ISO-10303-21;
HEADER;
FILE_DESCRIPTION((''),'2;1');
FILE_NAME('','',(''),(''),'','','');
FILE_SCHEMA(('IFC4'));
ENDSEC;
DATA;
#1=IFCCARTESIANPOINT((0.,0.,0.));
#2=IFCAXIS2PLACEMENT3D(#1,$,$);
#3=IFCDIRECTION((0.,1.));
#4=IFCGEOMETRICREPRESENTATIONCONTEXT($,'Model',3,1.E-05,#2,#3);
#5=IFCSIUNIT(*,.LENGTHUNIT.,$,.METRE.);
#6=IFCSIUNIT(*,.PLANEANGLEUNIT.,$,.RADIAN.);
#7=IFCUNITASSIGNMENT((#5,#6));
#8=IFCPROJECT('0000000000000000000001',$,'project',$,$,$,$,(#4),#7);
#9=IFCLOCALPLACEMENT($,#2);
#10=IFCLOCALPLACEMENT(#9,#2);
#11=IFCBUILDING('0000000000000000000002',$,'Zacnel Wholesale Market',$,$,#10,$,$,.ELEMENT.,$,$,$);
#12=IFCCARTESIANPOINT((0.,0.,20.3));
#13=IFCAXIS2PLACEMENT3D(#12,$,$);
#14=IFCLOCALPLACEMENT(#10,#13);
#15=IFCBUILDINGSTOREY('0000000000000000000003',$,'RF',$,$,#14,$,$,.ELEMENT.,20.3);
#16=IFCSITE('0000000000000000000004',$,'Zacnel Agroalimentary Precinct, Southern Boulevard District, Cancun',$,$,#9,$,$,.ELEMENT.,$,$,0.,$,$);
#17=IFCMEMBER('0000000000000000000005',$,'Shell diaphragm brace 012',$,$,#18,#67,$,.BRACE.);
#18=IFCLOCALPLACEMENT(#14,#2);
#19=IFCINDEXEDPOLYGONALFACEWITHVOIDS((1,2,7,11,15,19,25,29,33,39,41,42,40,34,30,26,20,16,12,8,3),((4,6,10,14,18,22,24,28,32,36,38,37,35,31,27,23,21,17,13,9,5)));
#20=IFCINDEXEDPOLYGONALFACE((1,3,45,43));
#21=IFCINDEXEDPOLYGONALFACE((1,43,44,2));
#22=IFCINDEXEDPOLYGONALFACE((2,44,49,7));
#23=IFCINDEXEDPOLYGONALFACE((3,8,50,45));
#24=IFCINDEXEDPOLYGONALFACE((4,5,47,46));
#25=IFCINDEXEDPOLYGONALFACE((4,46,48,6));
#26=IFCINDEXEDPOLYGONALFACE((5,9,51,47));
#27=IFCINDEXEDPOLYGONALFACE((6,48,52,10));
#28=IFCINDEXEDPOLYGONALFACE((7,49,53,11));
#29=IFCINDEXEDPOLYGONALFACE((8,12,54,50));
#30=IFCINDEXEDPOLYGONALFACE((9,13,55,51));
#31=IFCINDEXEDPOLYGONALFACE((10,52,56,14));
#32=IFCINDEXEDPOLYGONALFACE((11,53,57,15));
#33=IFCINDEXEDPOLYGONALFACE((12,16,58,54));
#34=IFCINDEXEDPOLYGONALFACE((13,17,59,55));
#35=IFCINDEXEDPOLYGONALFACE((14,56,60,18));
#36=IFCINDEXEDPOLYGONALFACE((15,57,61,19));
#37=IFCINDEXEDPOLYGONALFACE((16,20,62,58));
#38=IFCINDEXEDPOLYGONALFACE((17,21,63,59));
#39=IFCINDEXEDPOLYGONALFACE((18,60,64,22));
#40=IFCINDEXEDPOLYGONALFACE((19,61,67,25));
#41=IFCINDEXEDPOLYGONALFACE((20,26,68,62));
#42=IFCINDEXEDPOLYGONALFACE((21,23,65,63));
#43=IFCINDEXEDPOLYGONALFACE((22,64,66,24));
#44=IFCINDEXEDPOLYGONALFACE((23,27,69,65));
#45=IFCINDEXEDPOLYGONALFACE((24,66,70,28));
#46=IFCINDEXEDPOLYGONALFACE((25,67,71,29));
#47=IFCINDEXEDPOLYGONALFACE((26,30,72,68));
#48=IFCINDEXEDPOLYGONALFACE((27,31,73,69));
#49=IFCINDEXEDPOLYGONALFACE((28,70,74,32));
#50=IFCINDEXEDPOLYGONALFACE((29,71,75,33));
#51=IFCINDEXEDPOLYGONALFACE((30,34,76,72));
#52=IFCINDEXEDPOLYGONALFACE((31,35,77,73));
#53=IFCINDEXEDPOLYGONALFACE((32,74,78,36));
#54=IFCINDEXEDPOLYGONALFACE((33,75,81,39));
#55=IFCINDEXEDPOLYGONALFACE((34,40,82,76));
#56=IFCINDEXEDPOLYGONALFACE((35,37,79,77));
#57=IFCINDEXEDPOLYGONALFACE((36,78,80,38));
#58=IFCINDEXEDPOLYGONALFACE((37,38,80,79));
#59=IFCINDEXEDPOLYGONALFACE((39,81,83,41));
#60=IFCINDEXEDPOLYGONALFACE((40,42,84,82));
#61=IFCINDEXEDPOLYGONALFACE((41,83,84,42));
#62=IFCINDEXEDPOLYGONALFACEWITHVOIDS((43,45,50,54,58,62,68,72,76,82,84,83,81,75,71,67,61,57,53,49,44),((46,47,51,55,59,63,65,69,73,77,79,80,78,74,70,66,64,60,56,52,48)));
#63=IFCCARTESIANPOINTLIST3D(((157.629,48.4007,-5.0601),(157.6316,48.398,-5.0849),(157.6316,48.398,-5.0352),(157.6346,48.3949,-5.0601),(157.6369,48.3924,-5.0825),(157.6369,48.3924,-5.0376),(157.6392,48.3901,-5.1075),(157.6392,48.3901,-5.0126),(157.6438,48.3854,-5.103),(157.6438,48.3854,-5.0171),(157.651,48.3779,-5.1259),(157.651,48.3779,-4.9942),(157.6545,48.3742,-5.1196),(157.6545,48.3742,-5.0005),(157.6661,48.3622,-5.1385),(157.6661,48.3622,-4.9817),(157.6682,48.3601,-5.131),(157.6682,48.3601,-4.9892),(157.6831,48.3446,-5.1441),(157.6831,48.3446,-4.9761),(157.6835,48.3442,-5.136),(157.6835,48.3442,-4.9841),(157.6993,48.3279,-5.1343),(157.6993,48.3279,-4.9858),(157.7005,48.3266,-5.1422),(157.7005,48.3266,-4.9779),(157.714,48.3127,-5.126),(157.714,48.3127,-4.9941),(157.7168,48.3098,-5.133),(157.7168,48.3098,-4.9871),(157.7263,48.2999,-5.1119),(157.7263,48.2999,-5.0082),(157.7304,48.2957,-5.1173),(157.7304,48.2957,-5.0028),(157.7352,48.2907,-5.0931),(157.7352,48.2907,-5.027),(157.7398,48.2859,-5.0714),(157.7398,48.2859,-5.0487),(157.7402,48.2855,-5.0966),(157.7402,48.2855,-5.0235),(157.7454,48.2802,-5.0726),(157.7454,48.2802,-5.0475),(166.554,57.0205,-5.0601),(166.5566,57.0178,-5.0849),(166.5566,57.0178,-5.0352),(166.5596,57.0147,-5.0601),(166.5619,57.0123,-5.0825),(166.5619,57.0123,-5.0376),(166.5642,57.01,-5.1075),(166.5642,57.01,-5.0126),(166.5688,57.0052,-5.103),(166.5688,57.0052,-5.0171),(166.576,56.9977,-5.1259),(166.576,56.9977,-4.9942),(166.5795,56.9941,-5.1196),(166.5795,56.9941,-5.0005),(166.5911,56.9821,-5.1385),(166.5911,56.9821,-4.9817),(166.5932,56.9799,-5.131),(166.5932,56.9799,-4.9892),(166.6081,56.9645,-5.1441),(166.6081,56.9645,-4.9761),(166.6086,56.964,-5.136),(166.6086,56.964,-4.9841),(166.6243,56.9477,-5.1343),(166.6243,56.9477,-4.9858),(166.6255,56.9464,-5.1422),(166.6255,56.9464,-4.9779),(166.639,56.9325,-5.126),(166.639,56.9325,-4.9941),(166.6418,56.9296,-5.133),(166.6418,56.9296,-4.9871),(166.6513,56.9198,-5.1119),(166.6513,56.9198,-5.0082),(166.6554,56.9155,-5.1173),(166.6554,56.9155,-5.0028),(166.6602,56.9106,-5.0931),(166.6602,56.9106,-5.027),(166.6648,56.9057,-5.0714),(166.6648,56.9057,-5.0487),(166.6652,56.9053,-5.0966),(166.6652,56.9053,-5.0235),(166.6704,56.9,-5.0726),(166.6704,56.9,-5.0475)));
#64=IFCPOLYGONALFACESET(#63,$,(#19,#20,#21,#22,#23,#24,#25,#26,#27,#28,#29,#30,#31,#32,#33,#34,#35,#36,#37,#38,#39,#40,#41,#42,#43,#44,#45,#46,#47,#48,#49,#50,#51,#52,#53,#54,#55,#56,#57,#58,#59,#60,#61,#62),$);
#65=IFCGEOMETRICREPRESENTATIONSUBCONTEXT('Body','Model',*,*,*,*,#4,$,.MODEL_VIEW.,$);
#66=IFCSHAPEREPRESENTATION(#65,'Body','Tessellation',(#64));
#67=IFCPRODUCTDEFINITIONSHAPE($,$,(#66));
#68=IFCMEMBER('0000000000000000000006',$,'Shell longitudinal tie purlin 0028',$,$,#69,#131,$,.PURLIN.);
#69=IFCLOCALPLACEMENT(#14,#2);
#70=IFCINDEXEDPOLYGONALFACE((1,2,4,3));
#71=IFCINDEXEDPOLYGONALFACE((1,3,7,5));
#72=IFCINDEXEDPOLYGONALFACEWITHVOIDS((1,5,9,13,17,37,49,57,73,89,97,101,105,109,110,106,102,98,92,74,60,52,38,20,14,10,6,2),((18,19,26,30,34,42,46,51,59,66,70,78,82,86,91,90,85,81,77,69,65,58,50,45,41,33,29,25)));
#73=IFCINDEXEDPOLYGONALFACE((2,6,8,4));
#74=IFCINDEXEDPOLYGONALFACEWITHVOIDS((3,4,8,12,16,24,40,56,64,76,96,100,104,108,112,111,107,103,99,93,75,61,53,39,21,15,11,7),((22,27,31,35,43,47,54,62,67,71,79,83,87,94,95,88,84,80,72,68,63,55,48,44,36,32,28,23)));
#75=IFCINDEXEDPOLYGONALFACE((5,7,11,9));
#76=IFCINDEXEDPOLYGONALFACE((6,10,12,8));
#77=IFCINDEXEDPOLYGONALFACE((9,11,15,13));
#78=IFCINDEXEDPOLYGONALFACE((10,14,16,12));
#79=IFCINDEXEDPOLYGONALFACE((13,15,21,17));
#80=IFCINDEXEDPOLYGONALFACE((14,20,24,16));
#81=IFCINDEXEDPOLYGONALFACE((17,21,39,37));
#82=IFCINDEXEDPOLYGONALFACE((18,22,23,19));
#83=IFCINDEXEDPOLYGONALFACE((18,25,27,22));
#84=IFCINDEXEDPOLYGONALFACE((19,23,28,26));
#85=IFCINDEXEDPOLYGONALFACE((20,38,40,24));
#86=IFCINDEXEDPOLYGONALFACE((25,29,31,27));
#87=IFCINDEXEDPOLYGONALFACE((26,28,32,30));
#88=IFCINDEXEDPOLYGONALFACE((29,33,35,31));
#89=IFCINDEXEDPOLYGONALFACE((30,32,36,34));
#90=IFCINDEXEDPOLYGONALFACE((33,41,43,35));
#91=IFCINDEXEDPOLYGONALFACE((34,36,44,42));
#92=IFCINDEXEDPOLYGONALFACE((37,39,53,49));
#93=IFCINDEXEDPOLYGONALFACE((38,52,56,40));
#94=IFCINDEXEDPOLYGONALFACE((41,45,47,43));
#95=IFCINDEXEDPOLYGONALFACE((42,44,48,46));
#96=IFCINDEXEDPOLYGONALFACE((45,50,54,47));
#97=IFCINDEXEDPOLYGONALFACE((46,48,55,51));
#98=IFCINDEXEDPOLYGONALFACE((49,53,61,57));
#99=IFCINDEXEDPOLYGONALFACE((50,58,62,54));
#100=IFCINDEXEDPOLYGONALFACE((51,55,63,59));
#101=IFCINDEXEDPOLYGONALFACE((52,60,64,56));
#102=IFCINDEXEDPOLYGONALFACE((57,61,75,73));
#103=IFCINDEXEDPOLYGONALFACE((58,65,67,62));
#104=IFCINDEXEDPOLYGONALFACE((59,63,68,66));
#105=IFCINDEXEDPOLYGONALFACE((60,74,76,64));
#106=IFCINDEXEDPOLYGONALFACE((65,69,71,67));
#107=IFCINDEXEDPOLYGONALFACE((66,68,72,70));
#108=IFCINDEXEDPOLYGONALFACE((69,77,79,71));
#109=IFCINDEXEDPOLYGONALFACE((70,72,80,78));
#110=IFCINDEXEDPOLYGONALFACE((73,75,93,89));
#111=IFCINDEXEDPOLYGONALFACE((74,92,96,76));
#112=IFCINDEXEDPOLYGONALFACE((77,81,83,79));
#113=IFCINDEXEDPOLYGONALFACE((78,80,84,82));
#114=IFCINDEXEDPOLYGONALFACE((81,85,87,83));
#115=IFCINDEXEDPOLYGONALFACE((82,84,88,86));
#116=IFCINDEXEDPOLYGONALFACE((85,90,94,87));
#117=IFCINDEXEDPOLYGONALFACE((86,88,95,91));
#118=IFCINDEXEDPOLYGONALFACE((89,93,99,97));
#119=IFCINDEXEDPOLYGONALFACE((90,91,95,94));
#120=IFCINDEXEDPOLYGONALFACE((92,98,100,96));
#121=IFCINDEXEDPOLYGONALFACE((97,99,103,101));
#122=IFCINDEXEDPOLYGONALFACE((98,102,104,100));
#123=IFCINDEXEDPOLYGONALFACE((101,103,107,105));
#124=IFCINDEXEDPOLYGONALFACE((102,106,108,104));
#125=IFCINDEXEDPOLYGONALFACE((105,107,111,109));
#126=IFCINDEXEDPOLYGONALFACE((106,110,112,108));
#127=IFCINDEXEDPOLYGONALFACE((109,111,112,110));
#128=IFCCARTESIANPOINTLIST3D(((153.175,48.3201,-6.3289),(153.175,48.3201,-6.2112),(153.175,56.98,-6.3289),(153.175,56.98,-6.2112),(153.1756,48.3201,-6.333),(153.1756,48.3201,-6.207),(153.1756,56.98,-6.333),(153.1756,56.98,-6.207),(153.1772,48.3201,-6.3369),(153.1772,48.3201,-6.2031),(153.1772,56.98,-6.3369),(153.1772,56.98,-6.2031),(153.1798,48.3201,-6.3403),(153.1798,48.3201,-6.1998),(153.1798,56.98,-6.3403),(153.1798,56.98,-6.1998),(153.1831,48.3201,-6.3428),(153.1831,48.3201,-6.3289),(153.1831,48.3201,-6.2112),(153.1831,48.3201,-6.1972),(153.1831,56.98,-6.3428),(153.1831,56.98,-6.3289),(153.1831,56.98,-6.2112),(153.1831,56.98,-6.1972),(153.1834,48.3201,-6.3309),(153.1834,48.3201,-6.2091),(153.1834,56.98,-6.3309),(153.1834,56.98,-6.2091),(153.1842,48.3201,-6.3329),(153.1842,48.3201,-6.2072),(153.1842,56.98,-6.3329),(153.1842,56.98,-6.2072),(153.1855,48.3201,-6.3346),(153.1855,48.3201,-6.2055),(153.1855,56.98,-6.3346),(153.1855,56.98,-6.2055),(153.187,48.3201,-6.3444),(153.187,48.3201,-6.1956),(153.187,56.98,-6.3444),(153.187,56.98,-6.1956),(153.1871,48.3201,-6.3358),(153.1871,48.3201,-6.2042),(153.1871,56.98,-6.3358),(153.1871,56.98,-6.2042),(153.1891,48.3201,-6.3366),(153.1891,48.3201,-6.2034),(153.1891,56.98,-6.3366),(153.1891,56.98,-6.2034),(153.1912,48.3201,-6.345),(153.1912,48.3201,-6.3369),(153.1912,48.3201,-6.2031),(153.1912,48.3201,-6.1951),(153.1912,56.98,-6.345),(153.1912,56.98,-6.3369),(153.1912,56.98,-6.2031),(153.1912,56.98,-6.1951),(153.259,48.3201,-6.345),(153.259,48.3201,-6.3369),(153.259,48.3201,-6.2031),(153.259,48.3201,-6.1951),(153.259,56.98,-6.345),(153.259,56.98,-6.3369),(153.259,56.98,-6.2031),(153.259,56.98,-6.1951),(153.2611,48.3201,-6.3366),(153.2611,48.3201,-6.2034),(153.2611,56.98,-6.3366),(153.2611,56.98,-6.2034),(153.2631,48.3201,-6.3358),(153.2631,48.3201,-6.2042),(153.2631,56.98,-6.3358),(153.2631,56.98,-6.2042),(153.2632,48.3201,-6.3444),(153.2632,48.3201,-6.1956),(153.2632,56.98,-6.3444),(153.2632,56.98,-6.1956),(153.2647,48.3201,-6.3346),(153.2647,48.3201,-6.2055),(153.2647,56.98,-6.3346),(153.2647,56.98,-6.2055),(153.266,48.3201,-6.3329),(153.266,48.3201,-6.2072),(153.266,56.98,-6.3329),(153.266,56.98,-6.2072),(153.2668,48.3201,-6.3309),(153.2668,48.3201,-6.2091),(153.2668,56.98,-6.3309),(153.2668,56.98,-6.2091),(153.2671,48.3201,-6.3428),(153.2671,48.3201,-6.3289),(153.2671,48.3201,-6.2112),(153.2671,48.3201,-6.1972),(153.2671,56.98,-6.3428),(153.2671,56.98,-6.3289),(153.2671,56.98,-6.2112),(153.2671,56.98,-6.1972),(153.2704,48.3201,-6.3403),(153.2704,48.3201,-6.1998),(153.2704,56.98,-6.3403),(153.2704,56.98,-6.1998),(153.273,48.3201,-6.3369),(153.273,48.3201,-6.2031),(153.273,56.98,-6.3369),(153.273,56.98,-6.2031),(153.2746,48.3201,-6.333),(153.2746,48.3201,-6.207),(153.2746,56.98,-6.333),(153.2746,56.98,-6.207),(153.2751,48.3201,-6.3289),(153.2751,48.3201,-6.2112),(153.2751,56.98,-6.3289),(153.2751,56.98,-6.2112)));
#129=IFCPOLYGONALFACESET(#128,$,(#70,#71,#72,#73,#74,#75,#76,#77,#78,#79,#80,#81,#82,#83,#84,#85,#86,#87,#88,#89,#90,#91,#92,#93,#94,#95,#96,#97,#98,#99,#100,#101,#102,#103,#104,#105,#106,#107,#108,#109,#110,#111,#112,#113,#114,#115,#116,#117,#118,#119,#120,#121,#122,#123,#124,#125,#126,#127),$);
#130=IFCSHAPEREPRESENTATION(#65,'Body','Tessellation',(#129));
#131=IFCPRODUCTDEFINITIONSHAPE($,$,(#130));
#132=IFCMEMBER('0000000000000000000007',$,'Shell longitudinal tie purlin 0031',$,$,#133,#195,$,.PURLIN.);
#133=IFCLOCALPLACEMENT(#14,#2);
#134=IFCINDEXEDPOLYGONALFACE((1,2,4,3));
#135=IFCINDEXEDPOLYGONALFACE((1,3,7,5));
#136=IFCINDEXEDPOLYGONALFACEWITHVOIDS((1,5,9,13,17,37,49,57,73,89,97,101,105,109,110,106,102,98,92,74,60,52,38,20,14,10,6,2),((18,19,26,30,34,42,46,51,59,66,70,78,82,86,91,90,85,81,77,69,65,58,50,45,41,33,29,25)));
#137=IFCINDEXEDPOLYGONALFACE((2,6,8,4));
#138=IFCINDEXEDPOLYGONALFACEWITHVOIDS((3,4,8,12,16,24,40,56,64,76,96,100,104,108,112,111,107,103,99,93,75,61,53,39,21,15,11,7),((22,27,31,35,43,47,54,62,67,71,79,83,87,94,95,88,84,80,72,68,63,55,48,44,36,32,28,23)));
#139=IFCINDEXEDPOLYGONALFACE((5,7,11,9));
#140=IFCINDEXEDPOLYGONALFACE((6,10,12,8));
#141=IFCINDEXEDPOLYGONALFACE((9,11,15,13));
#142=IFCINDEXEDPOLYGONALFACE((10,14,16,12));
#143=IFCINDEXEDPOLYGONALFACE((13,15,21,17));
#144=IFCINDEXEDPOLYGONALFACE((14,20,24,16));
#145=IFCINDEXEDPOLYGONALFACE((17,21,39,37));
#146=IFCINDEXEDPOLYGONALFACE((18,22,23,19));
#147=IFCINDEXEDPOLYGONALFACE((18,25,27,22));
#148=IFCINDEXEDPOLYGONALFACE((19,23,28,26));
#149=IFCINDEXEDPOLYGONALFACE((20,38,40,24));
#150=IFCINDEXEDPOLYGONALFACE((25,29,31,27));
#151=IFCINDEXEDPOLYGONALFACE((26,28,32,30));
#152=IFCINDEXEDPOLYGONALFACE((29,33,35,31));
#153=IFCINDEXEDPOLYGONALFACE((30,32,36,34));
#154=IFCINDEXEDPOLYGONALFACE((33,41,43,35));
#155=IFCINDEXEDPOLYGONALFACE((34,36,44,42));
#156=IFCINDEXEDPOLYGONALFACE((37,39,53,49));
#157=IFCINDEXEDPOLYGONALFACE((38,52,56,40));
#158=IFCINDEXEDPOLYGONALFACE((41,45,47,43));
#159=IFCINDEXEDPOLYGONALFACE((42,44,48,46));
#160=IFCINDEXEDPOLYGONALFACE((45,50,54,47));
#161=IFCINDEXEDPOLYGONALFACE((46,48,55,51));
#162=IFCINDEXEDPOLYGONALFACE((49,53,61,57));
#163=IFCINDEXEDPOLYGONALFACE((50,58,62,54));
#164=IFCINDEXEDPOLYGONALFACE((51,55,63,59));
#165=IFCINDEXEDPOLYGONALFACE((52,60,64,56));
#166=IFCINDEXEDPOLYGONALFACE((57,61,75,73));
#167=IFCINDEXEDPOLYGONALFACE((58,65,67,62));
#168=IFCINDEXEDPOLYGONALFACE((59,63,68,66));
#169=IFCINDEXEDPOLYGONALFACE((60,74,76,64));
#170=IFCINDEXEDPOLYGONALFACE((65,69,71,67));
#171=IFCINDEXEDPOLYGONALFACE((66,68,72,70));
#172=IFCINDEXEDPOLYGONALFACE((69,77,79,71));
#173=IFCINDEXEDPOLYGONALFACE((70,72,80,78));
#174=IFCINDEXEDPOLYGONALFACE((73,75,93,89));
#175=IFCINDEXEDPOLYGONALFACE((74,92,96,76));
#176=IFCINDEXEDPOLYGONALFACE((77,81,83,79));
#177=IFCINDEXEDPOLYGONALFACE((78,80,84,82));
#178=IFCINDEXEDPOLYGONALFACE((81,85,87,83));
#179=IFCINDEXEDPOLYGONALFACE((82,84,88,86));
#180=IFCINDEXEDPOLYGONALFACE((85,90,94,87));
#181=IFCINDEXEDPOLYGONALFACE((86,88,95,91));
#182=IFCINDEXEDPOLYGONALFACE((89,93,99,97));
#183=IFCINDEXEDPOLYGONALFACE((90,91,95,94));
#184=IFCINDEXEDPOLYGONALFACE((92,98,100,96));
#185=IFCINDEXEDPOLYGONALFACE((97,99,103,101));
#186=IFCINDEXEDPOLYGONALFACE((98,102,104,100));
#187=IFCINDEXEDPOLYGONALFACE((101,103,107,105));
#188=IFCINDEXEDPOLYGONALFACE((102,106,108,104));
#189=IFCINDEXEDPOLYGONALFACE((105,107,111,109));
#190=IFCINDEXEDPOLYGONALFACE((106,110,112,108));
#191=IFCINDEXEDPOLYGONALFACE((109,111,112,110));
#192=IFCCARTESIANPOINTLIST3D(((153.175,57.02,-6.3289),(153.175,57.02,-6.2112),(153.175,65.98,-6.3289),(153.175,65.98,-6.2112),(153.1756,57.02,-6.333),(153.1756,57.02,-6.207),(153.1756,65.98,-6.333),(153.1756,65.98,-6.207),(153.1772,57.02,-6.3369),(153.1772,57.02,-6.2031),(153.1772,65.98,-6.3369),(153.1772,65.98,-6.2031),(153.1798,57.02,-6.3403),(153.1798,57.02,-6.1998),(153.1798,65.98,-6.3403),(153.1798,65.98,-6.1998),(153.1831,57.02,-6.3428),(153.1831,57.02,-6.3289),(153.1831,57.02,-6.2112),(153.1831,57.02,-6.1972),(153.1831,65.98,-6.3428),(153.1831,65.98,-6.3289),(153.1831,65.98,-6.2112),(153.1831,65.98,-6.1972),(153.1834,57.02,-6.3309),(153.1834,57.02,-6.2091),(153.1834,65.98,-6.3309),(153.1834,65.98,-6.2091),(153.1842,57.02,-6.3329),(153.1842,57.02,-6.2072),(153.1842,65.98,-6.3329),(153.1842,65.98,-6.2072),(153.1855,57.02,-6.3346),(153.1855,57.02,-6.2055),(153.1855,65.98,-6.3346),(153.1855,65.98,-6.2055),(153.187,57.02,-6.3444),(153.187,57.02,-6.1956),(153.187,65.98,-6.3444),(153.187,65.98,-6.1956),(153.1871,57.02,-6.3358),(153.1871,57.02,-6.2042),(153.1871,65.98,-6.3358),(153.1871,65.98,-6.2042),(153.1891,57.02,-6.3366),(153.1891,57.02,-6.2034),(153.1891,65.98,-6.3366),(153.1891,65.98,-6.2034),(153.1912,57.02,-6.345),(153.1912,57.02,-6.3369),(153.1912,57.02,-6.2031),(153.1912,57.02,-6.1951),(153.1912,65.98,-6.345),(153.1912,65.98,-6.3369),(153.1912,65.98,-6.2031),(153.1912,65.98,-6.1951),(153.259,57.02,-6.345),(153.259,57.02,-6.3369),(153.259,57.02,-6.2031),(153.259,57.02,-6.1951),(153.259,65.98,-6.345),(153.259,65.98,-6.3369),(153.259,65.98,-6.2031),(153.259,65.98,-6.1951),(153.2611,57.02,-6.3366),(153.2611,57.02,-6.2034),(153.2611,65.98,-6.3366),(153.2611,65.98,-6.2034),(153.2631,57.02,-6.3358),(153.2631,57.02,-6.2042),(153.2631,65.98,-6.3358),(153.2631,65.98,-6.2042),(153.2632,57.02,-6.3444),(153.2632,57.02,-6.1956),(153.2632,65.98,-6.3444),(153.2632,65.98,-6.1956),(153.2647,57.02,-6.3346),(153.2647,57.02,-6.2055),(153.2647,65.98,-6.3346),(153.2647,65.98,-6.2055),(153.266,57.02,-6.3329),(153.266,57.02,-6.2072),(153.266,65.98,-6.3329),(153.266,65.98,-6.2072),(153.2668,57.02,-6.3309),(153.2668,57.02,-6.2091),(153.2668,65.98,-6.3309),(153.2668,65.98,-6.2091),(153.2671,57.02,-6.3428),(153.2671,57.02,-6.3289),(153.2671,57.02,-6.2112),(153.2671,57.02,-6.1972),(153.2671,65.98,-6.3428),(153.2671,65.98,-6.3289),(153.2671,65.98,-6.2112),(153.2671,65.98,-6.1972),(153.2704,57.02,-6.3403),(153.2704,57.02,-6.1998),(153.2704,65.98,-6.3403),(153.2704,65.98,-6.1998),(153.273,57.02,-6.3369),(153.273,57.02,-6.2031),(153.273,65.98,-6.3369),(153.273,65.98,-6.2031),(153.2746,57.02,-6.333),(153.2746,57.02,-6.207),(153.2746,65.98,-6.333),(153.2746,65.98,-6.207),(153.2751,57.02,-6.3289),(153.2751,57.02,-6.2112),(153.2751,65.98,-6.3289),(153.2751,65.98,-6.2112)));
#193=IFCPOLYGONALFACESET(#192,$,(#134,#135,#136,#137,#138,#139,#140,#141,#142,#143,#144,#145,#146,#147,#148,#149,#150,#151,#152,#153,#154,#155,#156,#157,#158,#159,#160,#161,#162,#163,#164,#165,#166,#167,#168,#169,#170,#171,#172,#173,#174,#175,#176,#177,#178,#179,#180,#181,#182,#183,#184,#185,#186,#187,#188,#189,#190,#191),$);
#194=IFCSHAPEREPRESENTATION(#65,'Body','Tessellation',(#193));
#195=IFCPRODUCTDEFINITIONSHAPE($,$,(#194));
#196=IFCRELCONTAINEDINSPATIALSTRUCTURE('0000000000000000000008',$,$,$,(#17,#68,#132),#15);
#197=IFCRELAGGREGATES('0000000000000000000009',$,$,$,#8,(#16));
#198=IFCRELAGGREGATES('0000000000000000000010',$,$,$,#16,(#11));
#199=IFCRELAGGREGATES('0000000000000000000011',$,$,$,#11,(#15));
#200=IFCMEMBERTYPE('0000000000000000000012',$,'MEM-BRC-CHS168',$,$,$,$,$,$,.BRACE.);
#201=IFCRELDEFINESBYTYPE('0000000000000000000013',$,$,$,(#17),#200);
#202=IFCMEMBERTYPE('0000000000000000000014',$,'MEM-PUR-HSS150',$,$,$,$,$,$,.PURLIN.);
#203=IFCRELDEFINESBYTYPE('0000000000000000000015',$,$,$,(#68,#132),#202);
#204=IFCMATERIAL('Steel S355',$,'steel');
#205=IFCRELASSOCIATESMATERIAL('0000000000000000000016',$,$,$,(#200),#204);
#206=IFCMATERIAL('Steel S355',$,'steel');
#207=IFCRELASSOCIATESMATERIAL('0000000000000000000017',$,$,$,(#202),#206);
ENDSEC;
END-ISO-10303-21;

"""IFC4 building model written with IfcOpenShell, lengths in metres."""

from ifc_helpers import new_model, si_unit, direction, frame, origin, origin_2d, place, context, subcontext, project, spatial, hollow_rectangle, hollow_circle, extrude, material, material_profile, profile_set, type_object, element, save


model = new_model("IFC4")

# Units and contexts
model_context = context("Model", 3, precision=1e-05, world=origin(), true_north=direction((0.0, 1.0)))
body_context = subcontext(model_context, "Body", "Model", "MODEL_VIEW")
ifc_project = project(units=[si_unit("LENGTHUNIT", "METRE"), si_unit("PLANEANGLEUNIT", "RADIAN")], contexts=[model_context])

# Site, building, storey
site_placement = place(None, origin())
site = spatial("IfcSite", under=ifc_project, at=site_placement, Name="Zacnel Agroalimentary Precinct, Southern Boulevard District, Cancun", CompositionType="ELEMENT", RefElevation=0.0)
building_placement = place(site_placement, origin())
building = spatial("IfcBuilding", under=site, at=building_placement, Name="Zacnel Wholesale Market", CompositionType="ELEMENT")
storey_placement = place(building_placement, frame((0.0, 0.0, 20.3)))
storey = spatial("IfcBuildingStorey", under=building, at=storey_placement, Name="RF", CompositionType="ELEMENT", Elevation=20.3)

# Members
ifc_material_1 = material(Name="Steel S355", Category="steel")
ifc_material_profile_1 = material_profile(ifc_material_1, hollow_circle(Radius=0.0842, WallThickness=0.0081, at=origin_2d()), Name="CHS 168.3x8")
ifc_profile_set_1 = profile_set([ifc_material_profile_1], Name="Steel S355")
member_type_1 = type_object("IfcMemberType", Name="MEM-BRC-CHS168", PredefinedType="BRACE", material=ifc_profile_set_1)
member_1_placement = place(storey_placement, frame((157.6875, 48.3401, -5.0601), z_axis=(0.719297, 0.694702, 0.0), x_axis=(-0.694702, 0.719297, 0.0)))
element("IfcMember", 1, at=member_1_placement, inside=storey, type_object=member_type_1, Name="Shell diaphragm brace 012", PredefinedType="BRACE", context=body_context, shape_type="SweptSolid", body=[
    extrude(hollow_circle(Radius=0.0842, WallThickness=0.0081, at=origin_2d()), origin(), (0.0, 0.0, 1.0), 12.408),
])
ifc_material_2 = material(Name="Steel S355", Category="steel")
ifc_material_profile_2 = material_profile(ifc_material_2, hollow_rectangle(XDim=0.1001, YDim=0.1499, WallThickness=0.0081, InnerFilletRadius=0.0081, OuterFilletRadius=0.0161, at=origin_2d()), Name="HSS 150x100x8")
ifc_profile_set_2 = profile_set([ifc_material_profile_2], Name="Steel S355")
member_type_2 = type_object("IfcMemberType", Name="MEM-PUR-HSS150", PredefinedType="PURLIN", material=ifc_profile_set_2)
member_2_placement = place(storey_placement, frame((153.2251, 48.3201, -6.27), z_axis=(0.0, 1.0, 0.0), x_axis=(-1.0, 0.0, 0.0)))
element("IfcMember", 2, at=member_2_placement, inside=storey, type_object=member_type_2, Name="Shell longitudinal tie purlin 0028", PredefinedType="PURLIN", context=body_context, shape_type="SweptSolid", body=[
    extrude(hollow_rectangle(XDim=0.1001, YDim=0.1499, WallThickness=0.0081, InnerFilletRadius=0.0081, OuterFilletRadius=0.0161, at=origin_2d()), origin(), (0.0, 0.0, 1.0), 8.6599),
])
member_3_placement = place(storey_placement, frame((153.2251, 57.02, -6.27), z_axis=(0.0, 1.0, 0.0), x_axis=(-1.0, 0.0, 0.0)))
element("IfcMember", 3, at=member_3_placement, inside=storey, type_object=member_type_2, Name="Shell longitudinal tie purlin 0031", PredefinedType="PURLIN", context=body_context, shape_type="SweptSolid", body=[
    extrude(hollow_rectangle(XDim=0.1001, YDim=0.1499, WallThickness=0.0081, InnerFilletRadius=0.0081, OuterFilletRadius=0.0161, at=origin_2d()), origin(), (0.0, 0.0, 1.0), 8.96),
])

save(model, "model.ifc")
